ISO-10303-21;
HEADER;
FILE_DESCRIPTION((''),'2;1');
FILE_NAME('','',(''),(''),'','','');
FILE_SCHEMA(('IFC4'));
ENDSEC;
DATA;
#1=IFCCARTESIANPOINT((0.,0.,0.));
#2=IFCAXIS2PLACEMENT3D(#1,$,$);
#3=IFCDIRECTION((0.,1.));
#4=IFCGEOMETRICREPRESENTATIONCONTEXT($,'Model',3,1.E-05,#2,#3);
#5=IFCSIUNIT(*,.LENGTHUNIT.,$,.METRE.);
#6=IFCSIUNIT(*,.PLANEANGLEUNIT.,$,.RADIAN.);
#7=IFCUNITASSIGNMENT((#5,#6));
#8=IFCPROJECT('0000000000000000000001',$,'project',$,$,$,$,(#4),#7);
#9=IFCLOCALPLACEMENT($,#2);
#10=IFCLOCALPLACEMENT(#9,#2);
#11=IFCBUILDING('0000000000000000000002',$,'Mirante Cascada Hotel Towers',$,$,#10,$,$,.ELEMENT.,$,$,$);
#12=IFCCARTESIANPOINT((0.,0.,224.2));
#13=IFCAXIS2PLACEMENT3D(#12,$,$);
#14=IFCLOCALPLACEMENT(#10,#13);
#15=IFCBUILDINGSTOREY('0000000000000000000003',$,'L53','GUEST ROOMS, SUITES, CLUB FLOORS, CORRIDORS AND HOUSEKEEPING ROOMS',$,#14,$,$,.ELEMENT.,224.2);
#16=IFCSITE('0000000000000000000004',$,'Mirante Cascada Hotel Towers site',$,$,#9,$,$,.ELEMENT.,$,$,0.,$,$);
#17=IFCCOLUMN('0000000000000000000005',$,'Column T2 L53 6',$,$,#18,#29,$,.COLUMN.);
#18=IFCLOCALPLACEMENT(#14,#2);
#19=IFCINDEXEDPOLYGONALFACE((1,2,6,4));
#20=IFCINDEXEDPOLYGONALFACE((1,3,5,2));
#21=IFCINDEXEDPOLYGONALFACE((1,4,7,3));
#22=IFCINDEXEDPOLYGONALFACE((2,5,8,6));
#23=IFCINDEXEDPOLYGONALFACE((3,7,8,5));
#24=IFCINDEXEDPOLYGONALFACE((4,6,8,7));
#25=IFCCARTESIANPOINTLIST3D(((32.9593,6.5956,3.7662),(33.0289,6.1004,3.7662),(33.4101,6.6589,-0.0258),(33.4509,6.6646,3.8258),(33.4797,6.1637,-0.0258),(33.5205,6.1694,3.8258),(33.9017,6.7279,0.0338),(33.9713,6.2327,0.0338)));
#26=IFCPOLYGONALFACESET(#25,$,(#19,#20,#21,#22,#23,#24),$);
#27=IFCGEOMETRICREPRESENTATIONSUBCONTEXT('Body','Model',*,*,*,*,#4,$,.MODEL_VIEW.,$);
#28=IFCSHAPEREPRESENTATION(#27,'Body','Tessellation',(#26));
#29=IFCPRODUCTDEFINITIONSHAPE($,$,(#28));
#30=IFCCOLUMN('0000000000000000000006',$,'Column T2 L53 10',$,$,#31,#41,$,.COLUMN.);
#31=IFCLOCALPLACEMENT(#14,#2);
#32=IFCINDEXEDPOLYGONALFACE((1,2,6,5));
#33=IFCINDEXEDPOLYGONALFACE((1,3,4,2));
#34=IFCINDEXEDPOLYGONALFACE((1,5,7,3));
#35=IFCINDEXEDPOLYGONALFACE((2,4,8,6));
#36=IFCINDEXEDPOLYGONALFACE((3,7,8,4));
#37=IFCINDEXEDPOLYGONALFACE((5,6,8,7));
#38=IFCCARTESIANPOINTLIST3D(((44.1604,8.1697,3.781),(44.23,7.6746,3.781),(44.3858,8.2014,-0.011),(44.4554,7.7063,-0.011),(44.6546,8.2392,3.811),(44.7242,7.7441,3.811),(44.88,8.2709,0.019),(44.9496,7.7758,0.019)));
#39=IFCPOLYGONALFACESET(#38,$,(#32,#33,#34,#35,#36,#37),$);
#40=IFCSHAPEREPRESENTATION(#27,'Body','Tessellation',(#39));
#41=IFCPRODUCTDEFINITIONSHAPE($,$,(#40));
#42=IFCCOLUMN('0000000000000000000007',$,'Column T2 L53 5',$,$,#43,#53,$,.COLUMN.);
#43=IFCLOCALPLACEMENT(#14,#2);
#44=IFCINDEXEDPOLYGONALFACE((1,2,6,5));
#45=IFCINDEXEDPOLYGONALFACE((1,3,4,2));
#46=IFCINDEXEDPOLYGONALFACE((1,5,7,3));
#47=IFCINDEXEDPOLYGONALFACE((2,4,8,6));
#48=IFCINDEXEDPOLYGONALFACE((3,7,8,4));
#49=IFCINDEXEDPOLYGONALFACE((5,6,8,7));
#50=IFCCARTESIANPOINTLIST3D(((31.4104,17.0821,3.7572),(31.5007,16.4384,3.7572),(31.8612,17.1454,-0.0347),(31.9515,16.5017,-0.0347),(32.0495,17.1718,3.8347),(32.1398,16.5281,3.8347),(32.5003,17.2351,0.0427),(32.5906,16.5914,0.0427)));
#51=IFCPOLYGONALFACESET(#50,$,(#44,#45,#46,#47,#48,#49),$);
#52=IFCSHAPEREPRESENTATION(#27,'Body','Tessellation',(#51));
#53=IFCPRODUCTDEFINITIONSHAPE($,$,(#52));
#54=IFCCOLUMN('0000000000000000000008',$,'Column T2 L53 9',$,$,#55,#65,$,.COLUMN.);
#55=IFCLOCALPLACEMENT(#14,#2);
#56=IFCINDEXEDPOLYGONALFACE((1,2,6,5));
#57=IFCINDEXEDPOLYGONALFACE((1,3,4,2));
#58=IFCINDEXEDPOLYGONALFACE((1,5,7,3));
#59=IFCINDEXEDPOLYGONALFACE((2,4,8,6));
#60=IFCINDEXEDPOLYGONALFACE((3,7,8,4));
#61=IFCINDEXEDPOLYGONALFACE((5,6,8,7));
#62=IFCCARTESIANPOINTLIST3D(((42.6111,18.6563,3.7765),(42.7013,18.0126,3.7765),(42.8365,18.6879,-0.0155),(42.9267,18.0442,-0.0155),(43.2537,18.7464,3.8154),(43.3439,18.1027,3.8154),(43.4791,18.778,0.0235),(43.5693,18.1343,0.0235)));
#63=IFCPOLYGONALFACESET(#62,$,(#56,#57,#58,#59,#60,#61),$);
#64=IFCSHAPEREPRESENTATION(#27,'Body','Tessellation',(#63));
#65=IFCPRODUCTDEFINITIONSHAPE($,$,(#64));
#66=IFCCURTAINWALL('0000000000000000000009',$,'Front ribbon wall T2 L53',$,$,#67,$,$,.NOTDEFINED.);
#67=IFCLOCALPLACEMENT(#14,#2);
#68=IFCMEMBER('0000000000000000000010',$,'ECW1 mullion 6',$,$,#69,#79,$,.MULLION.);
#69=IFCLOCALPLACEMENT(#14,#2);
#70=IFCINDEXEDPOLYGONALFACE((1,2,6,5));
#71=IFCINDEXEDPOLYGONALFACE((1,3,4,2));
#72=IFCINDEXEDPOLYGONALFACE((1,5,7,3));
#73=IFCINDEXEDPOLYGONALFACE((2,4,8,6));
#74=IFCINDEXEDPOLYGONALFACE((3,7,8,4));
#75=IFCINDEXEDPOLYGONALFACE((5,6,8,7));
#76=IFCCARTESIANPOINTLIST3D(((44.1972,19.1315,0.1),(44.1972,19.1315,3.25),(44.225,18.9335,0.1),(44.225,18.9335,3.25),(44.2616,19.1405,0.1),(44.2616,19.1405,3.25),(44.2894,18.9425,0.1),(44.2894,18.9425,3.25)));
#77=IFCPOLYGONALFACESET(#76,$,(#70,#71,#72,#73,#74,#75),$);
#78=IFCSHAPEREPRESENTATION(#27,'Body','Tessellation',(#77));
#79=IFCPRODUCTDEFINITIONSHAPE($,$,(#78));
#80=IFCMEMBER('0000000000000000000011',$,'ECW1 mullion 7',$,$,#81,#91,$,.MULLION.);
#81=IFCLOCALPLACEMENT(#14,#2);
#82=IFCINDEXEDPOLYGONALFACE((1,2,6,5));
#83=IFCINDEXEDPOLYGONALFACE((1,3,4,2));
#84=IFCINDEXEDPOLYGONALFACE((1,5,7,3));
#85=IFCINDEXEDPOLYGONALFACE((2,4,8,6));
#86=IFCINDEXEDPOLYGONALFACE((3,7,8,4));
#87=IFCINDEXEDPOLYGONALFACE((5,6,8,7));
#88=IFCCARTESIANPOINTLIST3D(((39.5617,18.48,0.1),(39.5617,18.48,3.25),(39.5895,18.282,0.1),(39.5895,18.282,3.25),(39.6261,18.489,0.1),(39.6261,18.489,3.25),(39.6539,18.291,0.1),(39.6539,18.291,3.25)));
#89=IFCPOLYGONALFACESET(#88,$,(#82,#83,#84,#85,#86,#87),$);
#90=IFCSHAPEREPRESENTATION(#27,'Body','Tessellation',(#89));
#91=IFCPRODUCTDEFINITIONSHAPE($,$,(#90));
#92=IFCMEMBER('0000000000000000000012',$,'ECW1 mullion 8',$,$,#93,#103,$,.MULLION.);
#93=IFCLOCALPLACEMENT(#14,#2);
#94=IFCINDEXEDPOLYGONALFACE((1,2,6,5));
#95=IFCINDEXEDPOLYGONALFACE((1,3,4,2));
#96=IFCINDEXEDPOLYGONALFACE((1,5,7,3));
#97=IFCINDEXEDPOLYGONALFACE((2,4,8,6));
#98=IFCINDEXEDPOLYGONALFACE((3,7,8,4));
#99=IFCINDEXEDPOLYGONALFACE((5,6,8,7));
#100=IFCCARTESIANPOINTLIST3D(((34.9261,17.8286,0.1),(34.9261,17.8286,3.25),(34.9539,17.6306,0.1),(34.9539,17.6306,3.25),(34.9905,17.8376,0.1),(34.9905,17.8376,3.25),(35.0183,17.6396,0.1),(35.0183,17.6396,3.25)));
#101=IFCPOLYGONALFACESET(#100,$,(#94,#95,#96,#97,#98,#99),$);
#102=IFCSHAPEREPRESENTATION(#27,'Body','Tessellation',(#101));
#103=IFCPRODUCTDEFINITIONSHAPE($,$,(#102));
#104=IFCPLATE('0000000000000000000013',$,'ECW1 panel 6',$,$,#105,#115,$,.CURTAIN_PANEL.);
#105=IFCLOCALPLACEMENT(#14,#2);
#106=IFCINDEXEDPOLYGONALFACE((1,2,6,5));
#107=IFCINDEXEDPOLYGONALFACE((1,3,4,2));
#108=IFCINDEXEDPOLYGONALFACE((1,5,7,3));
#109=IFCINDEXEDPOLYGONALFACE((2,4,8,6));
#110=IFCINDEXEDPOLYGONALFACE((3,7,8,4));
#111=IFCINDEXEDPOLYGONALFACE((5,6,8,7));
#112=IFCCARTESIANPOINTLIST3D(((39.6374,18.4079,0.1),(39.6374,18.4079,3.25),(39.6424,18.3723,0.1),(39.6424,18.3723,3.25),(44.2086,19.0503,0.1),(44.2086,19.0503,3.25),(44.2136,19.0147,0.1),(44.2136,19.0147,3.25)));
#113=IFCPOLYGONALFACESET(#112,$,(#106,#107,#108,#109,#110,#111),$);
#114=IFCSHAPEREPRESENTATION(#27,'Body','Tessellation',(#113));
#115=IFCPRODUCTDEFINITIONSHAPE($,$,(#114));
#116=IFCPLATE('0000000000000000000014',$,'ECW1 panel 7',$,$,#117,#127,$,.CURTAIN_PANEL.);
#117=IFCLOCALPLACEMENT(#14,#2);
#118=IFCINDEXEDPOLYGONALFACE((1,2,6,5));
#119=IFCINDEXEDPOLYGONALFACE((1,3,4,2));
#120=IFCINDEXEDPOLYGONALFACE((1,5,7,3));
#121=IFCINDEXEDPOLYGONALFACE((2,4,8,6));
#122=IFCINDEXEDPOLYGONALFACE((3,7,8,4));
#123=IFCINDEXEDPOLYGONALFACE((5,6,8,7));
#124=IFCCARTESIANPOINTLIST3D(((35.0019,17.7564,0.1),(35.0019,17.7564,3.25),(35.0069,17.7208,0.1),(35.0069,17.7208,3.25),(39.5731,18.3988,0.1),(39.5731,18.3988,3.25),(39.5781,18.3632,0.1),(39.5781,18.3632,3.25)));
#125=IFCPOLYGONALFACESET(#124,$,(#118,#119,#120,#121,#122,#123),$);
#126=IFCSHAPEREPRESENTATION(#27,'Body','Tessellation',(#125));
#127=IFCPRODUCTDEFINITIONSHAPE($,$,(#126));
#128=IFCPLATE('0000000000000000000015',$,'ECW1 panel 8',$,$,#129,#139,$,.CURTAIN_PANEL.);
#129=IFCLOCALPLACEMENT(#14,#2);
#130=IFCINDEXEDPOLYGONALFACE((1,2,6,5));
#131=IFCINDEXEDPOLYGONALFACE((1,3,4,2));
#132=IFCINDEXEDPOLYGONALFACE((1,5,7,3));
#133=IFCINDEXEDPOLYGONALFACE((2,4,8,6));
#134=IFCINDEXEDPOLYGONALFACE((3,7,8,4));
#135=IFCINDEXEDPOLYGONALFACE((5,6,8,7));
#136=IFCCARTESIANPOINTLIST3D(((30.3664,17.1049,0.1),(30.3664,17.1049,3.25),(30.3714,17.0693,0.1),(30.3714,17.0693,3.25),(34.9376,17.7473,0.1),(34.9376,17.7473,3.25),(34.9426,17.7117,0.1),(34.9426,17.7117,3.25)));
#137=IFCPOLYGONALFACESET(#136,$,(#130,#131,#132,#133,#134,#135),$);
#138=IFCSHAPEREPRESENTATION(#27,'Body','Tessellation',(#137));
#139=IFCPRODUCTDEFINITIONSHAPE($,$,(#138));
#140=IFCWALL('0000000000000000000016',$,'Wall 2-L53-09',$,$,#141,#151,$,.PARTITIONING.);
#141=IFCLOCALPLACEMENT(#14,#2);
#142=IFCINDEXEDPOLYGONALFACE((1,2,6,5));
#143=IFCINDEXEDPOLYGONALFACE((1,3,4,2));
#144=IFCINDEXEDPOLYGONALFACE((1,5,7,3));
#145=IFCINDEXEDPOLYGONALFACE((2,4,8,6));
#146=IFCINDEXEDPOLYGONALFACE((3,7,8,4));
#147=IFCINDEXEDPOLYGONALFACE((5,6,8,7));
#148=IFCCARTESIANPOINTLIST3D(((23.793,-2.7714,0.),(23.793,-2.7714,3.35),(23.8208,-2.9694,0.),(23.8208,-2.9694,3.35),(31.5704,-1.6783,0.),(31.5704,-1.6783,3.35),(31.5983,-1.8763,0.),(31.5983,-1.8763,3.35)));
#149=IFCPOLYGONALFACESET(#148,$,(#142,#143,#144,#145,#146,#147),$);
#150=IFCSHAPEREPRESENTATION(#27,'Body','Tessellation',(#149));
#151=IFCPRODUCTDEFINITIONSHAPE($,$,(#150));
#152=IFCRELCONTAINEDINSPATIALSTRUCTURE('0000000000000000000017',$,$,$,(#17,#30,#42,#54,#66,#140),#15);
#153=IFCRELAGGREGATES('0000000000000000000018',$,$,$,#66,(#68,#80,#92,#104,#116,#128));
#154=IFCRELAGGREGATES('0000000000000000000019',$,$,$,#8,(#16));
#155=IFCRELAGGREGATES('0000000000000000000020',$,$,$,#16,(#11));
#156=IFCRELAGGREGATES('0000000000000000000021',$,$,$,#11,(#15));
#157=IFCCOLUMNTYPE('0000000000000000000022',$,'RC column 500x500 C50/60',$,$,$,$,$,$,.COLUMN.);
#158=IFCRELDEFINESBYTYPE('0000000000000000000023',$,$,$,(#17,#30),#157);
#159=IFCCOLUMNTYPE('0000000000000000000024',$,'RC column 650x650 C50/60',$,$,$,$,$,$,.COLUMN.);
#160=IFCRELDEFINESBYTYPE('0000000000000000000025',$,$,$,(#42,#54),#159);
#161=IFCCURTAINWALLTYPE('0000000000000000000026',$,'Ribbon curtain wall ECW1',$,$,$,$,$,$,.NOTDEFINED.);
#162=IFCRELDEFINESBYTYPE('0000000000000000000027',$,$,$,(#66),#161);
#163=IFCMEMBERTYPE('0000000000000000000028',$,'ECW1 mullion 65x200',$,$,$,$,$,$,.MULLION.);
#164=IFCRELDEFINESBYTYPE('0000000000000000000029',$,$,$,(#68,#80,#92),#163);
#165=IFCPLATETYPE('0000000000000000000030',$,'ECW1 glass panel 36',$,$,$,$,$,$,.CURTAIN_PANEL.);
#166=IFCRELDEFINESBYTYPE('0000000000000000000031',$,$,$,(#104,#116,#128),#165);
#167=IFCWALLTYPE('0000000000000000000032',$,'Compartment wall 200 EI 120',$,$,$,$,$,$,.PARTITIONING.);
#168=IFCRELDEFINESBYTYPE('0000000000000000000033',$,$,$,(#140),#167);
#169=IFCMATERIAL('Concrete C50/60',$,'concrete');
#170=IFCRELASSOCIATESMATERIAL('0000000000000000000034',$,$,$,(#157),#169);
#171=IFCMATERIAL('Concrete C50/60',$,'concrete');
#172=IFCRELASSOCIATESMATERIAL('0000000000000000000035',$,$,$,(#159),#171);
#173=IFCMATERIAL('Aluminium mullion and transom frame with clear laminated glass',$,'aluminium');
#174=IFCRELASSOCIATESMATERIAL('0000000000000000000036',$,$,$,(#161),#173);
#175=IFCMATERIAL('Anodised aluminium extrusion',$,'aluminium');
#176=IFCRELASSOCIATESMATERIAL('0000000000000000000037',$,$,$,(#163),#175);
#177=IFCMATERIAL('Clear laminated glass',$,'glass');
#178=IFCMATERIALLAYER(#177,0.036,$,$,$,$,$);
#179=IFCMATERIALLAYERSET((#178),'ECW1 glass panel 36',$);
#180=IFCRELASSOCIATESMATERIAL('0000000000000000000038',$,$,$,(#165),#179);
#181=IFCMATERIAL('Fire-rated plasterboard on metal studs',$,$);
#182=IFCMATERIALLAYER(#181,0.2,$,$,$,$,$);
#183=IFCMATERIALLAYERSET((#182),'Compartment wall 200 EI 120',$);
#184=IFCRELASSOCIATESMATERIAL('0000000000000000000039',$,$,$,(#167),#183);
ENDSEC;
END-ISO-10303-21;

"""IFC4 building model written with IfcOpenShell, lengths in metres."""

from ifc_helpers import new_model, si_unit, direction, frame, frame_2d, origin, origin_2d, place, context, subcontext, project, spatial, rectangle, extrude, material, layer, layer_set, material_profile, profile_set, type_object, element, aggregate, save


model = new_model("IFC4")

# Units and contexts
model_context = context("Model", 3, precision=1e-05, world=origin(), true_north=direction((0.0, 1.0)))
body_context = subcontext(model_context, "Body", "Model", "MODEL_VIEW")
ifc_project = project(units=[si_unit("LENGTHUNIT", "METRE"), si_unit("PLANEANGLEUNIT", "RADIAN")], contexts=[model_context])

# Site, building, storey
site_placement = place(None, origin())
site = spatial("IfcSite", under=ifc_project, at=site_placement, Name="Mirante Cascada Hotel Towers site", CompositionType="ELEMENT", RefElevation=0.0)
building_placement = place(site_placement, origin())
building = spatial("IfcBuilding", under=site, at=building_placement, Name="Mirante Cascada Hotel Towers", CompositionType="ELEMENT")
storey_placement = place(building_placement, frame((0.0, 0.0, 224.2)))
storey = spatial("IfcBuildingStorey", under=building, at=storey_placement, Name="L53", Description="GUEST ROOMS, SUITES, CLUB FLOORS, CORRIDORS AND HOUSEKEEPING ROOMS", CompositionType="ELEMENT", Elevation=224.2)

# Columns
ifc_material_1 = material(Name="Concrete C50/60", Category="concrete")
ifc_material_profile_1 = material_profile(ifc_material_1, rectangle(XDim=0.5, YDim=0.5, at=origin_2d()), Name="RC column 500x500 C50/60")
ifc_profile_set_1 = profile_set([ifc_material_profile_1], Name="Concrete C50/60")
column_type_1 = type_object("IfcColumnType", Name="RC column 500x500 C50/60", PredefinedType="COLUMN", material=ifc_profile_set_1)
column_1_placement = place(storey_placement, frame((33.6907, 6.4458, 0.004), z_axis=(-0.118034, -0.016574, 0.992871), x_axis=(0.139053, -0.990285, 0.0)))
element("IfcColumn", 1, at=column_1_placement, inside=storey, type_object=column_type_1, Name="Column T2 L53 6", PredefinedType="COLUMN", context=body_context, shape_type="SweptSolid", body=[
    extrude(rectangle(XDim=0.5, YDim=0.5, at=origin_2d()), origin(), (0.0, 0.0, 1.0), 3.8192),
])
column_2_placement = place(storey_placement, frame((44.6677, 7.9886, 0.004), z_axis=(-0.059334, -0.008345, 0.998203), x_axis=(0.139268, -0.990255, 0.0)))
element("IfcColumn", 2, at=column_2_placement, inside=storey, type_object=column_type_1, Name="Column T2 L53 10", PredefinedType="COLUMN", context=body_context, shape_type="SweptSolid", body=[
    extrude(rectangle(XDim=0.5, YDim=0.5, at=origin_2d()), origin(), (0.0, 0.0, 1.0), 3.7988),
])
ifc_material_2 = material(Name="Concrete C50/60", Category="concrete")
ifc_material_profile_2 = material_profile(ifc_material_2, rectangle(XDim=0.65, YDim=0.65, at=origin_2d()), Name="RC column 650x650 C50/60")
ifc_profile_set_2 = profile_set([ifc_material_profile_2], Name="Concrete C50/60")
column_type_2 = type_object("IfcColumnType", Name="RC column 650x650 C50/60", PredefinedType="COLUMN", material=ifc_profile_set_2)
column_3_placement = place(storey_placement, frame((32.2259, 16.8684, 0.004), z_axis=(-0.118034, -0.016574, 0.992871), x_axis=(0.139053, -0.990285, 0.0)))
element("IfcColumn", 3, at=column_3_placement, inside=storey, type_object=column_type_2, Name="Column T2 L53 5", PredefinedType="COLUMN", context=body_context, shape_type="SweptSolid", body=[
    extrude(rectangle(XDim=0.65, YDim=0.65, at=origin_2d()), origin(), (0.0, 0.0, 1.0), 3.8192),
])
column_4_placement = place(storey_placement, frame((43.2029, 18.4111, 0.004), z_axis=(-0.059334, -0.008318, 0.998204), x_axis=(0.138837, -0.990315, 0.0)))
element("IfcColumn", 4, at=column_4_placement, inside=storey, type_object=column_type_2, Name="Column T2 L53 9", PredefinedType="COLUMN", context=body_context, shape_type="SweptSolid", body=[
    extrude(rectangle(XDim=0.65, YDim=0.65, at=origin_2d()), origin(), (0.0, 0.0, 1.0), 3.7988),
])

# Curtain wall, members, plates
ifc_material_3 = material(Name="Aluminium mullion and transom frame with clear laminated glass", Category="aluminium")
curtain_wall_type = type_object("IfcCurtainWallType", Name="Ribbon curtain wall ECW1", PredefinedType="NOTDEFINED", material=ifc_material_3)
curtain_wall_placement = place(storey_placement, origin())
curtain_wall = element("IfcCurtainWall", 5, at=curtain_wall_placement, inside=storey, type_object=curtain_wall_type, Name="Front ribbon wall T2 L53", PredefinedType="NOTDEFINED")
ifc_material_4 = material(Name="Anodised aluminium extrusion", Category="aluminium")
ifc_material_profile_3 = material_profile(ifc_material_4, rectangle(XDim=0.2, YDim=0.065, at=origin_2d()), Name="ECW1 MULLION 65x200")
ifc_profile_set_3 = profile_set([ifc_material_profile_3], Name="Anodised aluminium extrusion")
member_type = type_object("IfcMemberType", Name="ECW1 mullion 65x200", PredefinedType="MULLION", material=ifc_profile_set_3)
member_1_placement = place(storey_placement, frame((44.2433, 19.037, 0.1), z_axis=(0.0, 0.0, 1.0), x_axis=(0.139173, -0.990268, 0.0)))
member_1 = element("IfcMember", 6, at=member_1_placement, type_object=member_type, Name="ECW1 mullion 6", PredefinedType="MULLION", context=body_context, shape_type="SweptSolid", body=[
    extrude(rectangle(XDim=0.2, YDim=0.065, at=origin_2d()), origin(), (0.0, 0.0, 1.0), 3.15),
])
member_2_placement = place(storey_placement, frame((39.6078, 18.3855, 0.1), z_axis=(0.0, 0.0, 1.0), x_axis=(0.139173, -0.990268, 0.0)))
member_2 = element("IfcMember", 7, at=member_2_placement, type_object=member_type, Name="ECW1 mullion 7", PredefinedType="MULLION", context=body_context, shape_type="SweptSolid", body=[
    extrude(rectangle(XDim=0.2, YDim=0.065, at=origin_2d()), origin(), (0.0, 0.0, 1.0), 3.15),
])
member_3_placement = place(storey_placement, frame((34.9722, 17.7341, 0.1), z_axis=(0.0, 0.0, 1.0), x_axis=(0.139173, -0.990268, 0.0)))
member_3 = element("IfcMember", 8, at=member_3_placement, type_object=member_type, Name="ECW1 mullion 8", PredefinedType="MULLION", context=body_context, shape_type="SweptSolid", body=[
    extrude(rectangle(XDim=0.2, YDim=0.065, at=origin_2d()), origin(), (0.0, 0.0, 1.0), 3.15),
])
ifc_material_5 = material(Name="Clear laminated glass", Category="glass")
ifc_layer_1 = layer(ifc_material_5, 0.036)
ifc_layer_set_1 = layer_set([ifc_layer_1], Name="ECW1 glass panel 36")
plate_type = type_object("IfcPlateType", Name="ECW1 glass panel 36", PredefinedType="CURTAIN_PANEL", material=ifc_layer_set_1)
plate_1_placement = place(storey_placement, frame((41.9255, 18.7113, 0.1), z_axis=(0.0, 0.0, 1.0), x_axis=(-0.990268, -0.139173, 0.0)))
plate_1 = element("IfcPlate", 9, at=plate_1_placement, type_object=plate_type, Name="ECW1 panel 6", PredefinedType="CURTAIN_PANEL", context=body_context, shape_type="SweptSolid", body=[
    extrude(rectangle(XDim=4.6161, YDim=0.036, at=origin_2d()), origin(), (0.0, 0.0, 1.0), 3.15),
])
plate_2_placement = place(storey_placement, frame((37.29, 18.0598, 0.1), z_axis=(0.0, 0.0, 1.0), x_axis=(-0.990268, -0.139173, 0.0)))
plate_2 = element("IfcPlate", 10, at=plate_2_placement, type_object=plate_type, Name="ECW1 panel 7", PredefinedType="CURTAIN_PANEL", context=body_context, shape_type="SweptSolid", body=[
    extrude(rectangle(XDim=4.6161, YDim=0.036, at=origin_2d()), origin(), (0.0, 0.0, 1.0), 3.15),
])
plate_3_placement = place(storey_placement, frame((32.6545, 17.4083, 0.1), z_axis=(0.0, 0.0, 1.0), x_axis=(-0.990268, -0.139173, 0.0)))
plate_3 = element("IfcPlate", 11, at=plate_3_placement, type_object=plate_type, Name="ECW1 panel 8", PredefinedType="CURTAIN_PANEL", context=body_context, shape_type="SweptSolid", body=[
    extrude(rectangle(XDim=4.6161, YDim=0.036, at=origin_2d()), origin(), (0.0, 0.0, 1.0), 3.15),
])
aggregate(curtain_wall, [member_1, member_2, member_3, plate_1, plate_2, plate_3])

# Wall
ifc_material_6 = material(Name="Fire-rated plasterboard on metal studs")
ifc_layer_2 = layer(ifc_material_6, 0.2)
ifc_layer_set_2 = layer_set([ifc_layer_2], Name="Compartment wall 200 EI 120")
wall_type_1 = type_object("IfcWallType", Name="Compartment wall 200 EI 120", PredefinedType="PARTITIONING", material=ifc_layer_set_2)
wall_1_placement = place(storey_placement, frame((31.5844, -1.7773, 0.0), z_axis=(0.0, 0.0, 1.0), x_axis=(-0.990267, -0.139179, 0.0)))
element("IfcWall", 12, at=wall_1_placement, inside=storey, type_object=wall_type_1, Name="Wall 2-L53-09", PredefinedType="PARTITIONING", context=body_context, shape_type="SweptSolid", body=[
    extrude(rectangle(XDim=7.8539, YDim=0.2, at=frame_2d((3.927, 0.0))), origin(), (0.0, 0.0, 1.0), 3.35),
])

save(model, "model.ifc")
